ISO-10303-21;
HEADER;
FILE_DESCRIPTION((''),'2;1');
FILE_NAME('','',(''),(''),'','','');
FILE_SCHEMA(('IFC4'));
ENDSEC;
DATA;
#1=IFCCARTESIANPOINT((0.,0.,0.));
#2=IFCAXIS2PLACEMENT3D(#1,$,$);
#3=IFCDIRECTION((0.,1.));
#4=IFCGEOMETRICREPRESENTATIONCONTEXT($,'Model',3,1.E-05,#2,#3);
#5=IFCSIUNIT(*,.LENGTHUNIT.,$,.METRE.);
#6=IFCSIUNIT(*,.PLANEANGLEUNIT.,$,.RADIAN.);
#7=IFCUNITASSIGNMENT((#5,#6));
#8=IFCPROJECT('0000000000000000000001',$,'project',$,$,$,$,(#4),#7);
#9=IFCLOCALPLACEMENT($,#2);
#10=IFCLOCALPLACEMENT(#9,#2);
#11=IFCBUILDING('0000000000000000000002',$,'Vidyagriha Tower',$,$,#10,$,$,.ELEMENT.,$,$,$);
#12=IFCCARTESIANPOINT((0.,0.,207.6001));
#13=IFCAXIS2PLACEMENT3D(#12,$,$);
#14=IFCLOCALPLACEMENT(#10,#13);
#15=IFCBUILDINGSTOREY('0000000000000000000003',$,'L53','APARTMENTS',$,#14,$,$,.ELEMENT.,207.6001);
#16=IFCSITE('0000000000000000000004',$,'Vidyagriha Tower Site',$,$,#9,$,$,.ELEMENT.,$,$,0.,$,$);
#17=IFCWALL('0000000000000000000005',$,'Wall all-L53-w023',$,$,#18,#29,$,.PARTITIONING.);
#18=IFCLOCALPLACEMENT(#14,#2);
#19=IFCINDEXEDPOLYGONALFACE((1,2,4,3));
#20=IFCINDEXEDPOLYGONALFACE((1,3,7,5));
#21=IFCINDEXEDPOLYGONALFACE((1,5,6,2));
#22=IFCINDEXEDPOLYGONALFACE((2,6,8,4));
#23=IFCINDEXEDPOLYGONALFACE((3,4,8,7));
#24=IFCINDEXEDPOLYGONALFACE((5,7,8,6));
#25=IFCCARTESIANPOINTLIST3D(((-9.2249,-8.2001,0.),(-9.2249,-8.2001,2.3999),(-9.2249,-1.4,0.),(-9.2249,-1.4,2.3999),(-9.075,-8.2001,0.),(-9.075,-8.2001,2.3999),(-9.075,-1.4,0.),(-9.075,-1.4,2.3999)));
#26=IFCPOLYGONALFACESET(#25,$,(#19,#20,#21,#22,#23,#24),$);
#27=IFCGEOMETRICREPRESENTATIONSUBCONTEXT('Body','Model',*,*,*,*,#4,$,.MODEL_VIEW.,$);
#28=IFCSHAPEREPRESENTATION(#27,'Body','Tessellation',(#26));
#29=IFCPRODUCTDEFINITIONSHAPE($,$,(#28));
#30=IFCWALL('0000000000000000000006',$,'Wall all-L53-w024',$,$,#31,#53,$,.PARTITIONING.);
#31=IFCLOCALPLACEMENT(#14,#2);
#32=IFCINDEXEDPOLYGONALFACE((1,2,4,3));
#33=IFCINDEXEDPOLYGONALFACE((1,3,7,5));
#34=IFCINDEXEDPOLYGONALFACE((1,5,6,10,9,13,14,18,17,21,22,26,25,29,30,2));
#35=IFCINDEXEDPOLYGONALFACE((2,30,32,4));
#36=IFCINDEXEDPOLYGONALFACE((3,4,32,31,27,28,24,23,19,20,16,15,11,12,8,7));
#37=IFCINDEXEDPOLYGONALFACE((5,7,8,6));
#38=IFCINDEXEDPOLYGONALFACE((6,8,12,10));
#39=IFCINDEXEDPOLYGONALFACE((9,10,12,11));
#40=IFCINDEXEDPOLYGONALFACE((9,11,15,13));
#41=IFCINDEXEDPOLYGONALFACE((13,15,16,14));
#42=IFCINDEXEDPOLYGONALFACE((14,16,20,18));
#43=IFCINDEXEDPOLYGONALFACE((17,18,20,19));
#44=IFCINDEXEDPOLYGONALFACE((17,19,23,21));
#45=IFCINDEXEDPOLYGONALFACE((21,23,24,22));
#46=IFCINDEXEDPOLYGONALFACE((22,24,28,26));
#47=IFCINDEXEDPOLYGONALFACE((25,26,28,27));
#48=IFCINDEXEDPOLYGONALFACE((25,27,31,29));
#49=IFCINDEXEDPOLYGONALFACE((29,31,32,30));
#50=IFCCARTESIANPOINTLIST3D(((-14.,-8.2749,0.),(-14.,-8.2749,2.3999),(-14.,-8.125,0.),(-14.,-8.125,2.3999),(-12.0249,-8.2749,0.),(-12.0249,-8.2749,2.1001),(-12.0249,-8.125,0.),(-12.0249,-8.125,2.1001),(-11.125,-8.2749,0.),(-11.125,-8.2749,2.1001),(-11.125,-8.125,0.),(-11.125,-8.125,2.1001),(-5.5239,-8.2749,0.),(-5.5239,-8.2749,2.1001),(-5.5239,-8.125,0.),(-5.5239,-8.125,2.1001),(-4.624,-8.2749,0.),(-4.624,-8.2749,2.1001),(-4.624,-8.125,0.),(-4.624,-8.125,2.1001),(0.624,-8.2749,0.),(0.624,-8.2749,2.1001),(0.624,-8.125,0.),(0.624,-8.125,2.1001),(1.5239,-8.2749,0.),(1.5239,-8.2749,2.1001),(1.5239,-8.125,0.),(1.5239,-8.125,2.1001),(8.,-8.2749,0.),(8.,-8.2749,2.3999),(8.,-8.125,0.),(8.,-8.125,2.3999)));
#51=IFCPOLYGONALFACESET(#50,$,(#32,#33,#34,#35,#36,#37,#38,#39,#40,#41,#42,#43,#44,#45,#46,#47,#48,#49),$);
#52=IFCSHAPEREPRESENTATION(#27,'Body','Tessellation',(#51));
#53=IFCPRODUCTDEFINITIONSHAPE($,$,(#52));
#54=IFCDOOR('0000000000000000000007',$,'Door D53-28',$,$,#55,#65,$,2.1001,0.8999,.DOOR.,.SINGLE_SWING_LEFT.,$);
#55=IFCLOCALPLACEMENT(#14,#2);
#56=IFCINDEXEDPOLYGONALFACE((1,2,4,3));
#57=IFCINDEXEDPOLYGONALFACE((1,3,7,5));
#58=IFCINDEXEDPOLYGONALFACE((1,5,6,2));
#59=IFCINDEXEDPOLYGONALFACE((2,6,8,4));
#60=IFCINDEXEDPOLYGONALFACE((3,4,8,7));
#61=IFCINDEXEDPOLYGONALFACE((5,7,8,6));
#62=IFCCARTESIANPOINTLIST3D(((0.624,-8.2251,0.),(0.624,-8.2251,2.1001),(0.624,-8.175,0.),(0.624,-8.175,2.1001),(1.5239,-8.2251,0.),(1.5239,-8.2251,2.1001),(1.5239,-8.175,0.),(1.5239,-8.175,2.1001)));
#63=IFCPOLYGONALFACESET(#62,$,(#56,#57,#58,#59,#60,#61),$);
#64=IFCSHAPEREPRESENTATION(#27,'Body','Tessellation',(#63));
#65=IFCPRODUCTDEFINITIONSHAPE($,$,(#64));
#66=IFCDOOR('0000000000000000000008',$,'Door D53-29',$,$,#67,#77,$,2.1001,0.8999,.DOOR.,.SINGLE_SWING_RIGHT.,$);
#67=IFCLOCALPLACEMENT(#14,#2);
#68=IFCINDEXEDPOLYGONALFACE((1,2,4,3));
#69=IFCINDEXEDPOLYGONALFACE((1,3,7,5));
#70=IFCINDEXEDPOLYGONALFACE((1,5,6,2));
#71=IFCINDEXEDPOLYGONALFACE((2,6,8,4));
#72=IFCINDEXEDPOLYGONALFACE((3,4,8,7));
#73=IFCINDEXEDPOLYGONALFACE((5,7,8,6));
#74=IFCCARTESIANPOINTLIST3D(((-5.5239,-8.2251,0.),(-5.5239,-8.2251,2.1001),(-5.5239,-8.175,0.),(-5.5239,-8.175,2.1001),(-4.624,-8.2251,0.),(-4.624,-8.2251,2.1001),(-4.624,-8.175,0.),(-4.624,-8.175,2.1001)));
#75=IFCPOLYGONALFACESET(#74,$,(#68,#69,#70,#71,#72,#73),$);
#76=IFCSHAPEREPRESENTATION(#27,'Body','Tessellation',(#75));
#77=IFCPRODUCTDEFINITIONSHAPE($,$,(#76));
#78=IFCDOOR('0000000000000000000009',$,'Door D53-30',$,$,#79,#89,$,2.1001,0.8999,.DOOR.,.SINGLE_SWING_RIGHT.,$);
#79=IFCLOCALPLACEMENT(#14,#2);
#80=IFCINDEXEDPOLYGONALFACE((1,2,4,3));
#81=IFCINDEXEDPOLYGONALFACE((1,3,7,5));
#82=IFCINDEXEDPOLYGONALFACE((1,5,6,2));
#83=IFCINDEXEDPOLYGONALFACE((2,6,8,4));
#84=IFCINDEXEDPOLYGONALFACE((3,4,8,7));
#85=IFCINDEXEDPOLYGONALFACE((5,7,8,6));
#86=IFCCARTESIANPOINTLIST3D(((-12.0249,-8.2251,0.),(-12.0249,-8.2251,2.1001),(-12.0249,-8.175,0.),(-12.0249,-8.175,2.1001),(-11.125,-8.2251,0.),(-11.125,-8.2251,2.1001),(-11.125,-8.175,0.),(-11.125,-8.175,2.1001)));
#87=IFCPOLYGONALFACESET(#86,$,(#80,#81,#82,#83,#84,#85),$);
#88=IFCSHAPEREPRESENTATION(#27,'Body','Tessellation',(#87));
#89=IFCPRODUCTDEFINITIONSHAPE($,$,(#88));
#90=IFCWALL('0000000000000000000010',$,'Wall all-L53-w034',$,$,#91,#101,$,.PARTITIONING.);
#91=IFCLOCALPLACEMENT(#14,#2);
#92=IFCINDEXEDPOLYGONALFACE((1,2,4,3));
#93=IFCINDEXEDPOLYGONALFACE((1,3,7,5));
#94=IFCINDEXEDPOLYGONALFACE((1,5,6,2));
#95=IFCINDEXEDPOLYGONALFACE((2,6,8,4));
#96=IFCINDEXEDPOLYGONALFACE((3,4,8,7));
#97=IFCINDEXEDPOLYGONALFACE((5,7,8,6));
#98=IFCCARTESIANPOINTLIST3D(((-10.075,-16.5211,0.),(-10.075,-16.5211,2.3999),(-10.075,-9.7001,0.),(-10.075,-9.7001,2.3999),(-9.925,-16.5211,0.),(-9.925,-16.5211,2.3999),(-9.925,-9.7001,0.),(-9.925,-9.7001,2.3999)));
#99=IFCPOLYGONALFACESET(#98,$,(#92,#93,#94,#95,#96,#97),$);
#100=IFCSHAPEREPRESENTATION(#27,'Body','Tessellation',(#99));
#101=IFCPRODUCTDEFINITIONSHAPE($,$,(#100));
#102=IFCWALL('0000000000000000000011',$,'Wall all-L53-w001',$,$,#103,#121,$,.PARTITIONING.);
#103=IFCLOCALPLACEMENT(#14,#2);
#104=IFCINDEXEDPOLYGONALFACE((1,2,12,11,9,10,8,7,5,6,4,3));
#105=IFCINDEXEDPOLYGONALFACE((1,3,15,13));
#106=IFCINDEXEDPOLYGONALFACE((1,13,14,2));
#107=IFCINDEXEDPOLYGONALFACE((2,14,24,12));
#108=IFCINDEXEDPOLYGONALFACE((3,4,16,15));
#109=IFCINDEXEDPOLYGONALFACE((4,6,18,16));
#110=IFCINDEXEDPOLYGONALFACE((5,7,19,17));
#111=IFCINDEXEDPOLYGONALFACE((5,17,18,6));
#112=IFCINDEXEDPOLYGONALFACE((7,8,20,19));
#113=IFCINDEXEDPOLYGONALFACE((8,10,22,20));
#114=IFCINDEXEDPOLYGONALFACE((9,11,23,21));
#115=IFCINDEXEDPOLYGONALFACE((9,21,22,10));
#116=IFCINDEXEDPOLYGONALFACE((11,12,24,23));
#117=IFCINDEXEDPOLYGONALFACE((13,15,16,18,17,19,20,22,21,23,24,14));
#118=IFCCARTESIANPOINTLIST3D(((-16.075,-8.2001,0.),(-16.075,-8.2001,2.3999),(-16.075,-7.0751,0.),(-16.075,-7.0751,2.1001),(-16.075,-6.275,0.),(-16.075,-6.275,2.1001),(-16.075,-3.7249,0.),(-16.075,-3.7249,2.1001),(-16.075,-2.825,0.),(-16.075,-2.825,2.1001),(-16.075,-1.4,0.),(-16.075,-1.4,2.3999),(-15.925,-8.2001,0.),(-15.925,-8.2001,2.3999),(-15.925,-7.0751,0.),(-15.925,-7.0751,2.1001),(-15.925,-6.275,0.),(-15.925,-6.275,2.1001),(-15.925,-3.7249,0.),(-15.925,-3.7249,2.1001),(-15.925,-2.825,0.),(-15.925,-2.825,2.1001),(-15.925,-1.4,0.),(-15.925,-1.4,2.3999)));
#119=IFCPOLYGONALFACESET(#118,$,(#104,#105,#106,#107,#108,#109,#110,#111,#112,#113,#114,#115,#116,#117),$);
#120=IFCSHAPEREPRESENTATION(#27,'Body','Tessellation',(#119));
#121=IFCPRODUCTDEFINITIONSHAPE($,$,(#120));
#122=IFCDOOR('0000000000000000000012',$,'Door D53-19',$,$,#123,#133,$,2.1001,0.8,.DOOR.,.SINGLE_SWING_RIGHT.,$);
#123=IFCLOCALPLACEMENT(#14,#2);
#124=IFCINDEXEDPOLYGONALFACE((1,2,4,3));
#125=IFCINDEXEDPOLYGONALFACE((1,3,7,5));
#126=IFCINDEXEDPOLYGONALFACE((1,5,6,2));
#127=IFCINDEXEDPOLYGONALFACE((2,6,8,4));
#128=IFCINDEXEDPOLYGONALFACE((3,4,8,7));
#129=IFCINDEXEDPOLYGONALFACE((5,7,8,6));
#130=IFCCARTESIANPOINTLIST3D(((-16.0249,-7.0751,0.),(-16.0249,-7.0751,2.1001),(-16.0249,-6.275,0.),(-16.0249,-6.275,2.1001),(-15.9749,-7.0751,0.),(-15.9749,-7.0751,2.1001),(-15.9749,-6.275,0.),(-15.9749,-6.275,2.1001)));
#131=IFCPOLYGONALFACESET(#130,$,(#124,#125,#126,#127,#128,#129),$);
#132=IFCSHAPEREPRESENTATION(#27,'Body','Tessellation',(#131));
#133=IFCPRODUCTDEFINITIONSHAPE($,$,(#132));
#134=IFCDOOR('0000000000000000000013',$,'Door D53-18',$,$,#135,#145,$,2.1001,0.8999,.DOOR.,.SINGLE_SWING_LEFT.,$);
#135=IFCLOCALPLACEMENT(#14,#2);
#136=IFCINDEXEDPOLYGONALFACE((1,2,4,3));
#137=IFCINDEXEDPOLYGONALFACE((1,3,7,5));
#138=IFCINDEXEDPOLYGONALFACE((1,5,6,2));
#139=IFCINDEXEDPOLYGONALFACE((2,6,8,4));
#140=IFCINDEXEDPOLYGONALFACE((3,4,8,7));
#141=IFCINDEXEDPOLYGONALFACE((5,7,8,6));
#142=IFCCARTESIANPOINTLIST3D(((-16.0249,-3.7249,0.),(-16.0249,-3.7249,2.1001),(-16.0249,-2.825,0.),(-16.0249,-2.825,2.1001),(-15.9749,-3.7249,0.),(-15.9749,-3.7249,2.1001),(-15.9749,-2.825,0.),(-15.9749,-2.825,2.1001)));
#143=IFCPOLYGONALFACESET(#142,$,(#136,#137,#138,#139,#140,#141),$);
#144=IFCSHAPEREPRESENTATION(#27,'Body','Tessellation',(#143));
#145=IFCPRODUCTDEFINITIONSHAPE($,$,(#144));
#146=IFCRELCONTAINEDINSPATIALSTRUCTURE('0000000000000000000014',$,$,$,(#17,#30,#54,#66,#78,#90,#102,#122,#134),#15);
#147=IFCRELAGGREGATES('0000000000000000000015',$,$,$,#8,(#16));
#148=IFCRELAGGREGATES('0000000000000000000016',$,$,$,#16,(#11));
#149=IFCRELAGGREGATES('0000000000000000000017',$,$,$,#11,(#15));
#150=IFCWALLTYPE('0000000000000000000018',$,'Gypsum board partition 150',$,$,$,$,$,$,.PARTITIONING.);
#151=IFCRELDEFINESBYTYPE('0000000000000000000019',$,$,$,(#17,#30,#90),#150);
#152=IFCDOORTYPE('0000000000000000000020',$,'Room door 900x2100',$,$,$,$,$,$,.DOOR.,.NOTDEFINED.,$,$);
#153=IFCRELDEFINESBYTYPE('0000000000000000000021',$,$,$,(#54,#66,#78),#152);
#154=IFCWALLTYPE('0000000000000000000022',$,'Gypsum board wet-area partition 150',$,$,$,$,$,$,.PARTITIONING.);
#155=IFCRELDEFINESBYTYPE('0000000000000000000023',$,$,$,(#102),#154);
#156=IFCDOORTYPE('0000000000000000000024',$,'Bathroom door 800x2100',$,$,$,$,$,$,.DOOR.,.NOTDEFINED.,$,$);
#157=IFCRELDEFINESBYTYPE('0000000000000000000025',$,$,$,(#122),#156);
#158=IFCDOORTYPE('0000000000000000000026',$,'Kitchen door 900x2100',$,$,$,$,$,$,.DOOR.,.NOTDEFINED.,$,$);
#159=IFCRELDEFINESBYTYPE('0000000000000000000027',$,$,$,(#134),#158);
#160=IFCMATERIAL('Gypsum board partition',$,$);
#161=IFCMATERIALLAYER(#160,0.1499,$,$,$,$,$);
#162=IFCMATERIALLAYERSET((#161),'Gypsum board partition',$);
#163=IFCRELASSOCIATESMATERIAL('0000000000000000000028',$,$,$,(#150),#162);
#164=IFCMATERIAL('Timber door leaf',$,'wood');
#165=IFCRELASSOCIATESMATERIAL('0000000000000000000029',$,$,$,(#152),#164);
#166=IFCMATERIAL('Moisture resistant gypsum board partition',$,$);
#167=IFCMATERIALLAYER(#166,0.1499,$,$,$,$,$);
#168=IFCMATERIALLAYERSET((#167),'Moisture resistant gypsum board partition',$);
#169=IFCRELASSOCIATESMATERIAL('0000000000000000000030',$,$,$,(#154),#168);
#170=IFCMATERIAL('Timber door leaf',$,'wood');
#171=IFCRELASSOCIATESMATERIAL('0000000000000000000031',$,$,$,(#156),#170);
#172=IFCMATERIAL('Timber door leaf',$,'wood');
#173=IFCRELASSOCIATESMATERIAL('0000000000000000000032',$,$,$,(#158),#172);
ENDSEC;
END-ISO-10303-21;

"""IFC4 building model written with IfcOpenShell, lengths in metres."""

from ifc_helpers import new_model, si_unit, direction, frame, frame_2d, origin, place, context, subcontext, project, spatial, rectangle, extrude, material, layer, layer_set, type_object, element, fill, save


model = new_model("IFC4")

# Units and contexts
model_context = context("Model", 3, precision=1e-05, world=origin(), true_north=direction((0.0, 1.0)))
body_context = subcontext(model_context, "Body", "Model", "MODEL_VIEW")
ifc_project = project(units=[si_unit("LENGTHUNIT", "METRE"), si_unit("PLANEANGLEUNIT", "RADIAN")], contexts=[model_context])

# Site, building, storey
site_placement = place(None, origin())
site = spatial("IfcSite", under=ifc_project, at=site_placement, Name="Vidyagriha Tower Site", CompositionType="ELEMENT", RefElevation=0.0)
building_placement = place(site_placement, origin())
building = spatial("IfcBuilding", under=site, at=building_placement, Name="Vidyagriha Tower", CompositionType="ELEMENT")
storey_placement = place(building_placement, frame((0.0, 0.0, 207.6001)))
storey = spatial("IfcBuildingStorey", under=building, at=storey_placement, Name="L53", Description="APARTMENTS", CompositionType="ELEMENT", Elevation=207.6001)

# Shared definitions
ifc_material_1 = material(Name="Gypsum board partition")
ifc_layer_1 = layer(ifc_material_1, 0.1499)
ifc_layer_set_1 = layer_set([ifc_layer_1], Name="Gypsum board partition")
wall_type_1 = type_object("IfcWallType", Name="Gypsum board partition 150", PredefinedType="PARTITIONING", material=ifc_layer_set_1)

# Shared definitions
ifc_material_2 = material(Name="Timber door leaf", Category="wood")
door_type_1 = type_object("IfcDoorType", Name="Room door 900x2100", OperationType="NOTDEFINED", PredefinedType="DOOR", material=ifc_material_2)

# Wall
wall_1_placement = place(storey_placement, frame((-9.1499, -8.2, 0.0), z_axis=(0.0, 0.0, 1.0), x_axis=(0.0, 1.0, 0.0)))
element("IfcWall", 1, at=wall_1_placement, inside=storey, type_object=wall_type_1, Name="Wall all-L53-w023", PredefinedType="PARTITIONING", context=body_context, shape_type="SweptSolid", body=[
    extrude(rectangle(XDim=6.8, YDim=0.1499, at=frame_2d((3.3999, 0.0))), origin(), (0.0, 0.0, 1.0), 2.3999),
])

# Wall, openings, doors
wall_2_placement = place(storey_placement, frame((-14.0, -8.2, 0.0)))
wall_2 = element("IfcWall", 2, at=wall_2_placement, inside=storey, type_object=wall_type_1, Name="Wall all-L53-w024", PredefinedType="PARTITIONING", context=body_context, shape_type="SweptSolid", body=[
    extrude(rectangle(XDim=22.0, YDim=0.1499, at=frame_2d((11.0, 0.0))), origin(), (0.0, 0.0, 1.0), 2.3999),
])
opening_1_placement = place(wall_2_placement, frame((14.624, 0.0, 0.0)))
opening_1 = element("IfcOpeningElement", 3, at=opening_1_placement, cuts=wall_2, PredefinedType="OPENING", context=body_context, shape_type="SweptSolid", body=[
    extrude(rectangle(XDim=0.8999, YDim=2.1001, at=frame_2d((0.45, 1.05))), frame((0.0, 0.085, 0.0), z_axis=(0.0, -1.0, 0.0), x_axis=(1.0, 0.0, 0.0)), (0.0, 0.0, 1.0), 0.1699),
])
opening_2_placement = place(wall_2_placement, frame((8.4761, 0.0, 0.0)))
opening_2 = element("IfcOpeningElement", 4, at=opening_2_placement, cuts=wall_2, PredefinedType="OPENING", context=body_context, shape_type="SweptSolid", body=[
    extrude(rectangle(XDim=0.8999, YDim=2.1001, at=frame_2d((0.45, 1.05))), frame((0.0, 0.085, 0.0), z_axis=(0.0, -1.0, 0.0), x_axis=(1.0, 0.0, 0.0)), (0.0, 0.0, 1.0), 0.1699),
])
opening_3_placement = place(wall_2_placement, frame((1.9751, 0.0, 0.0)))
opening_3 = element("IfcOpeningElement", 5, at=opening_3_placement, cuts=wall_2, PredefinedType="OPENING", context=body_context, shape_type="SweptSolid", body=[
    extrude(rectangle(XDim=0.8999, YDim=2.1001, at=frame_2d((0.45, 1.05))), frame((0.0, 0.085, 0.0), z_axis=(0.0, -1.0, 0.0), x_axis=(1.0, 0.0, 0.0)), (0.0, 0.0, 1.0), 0.1699),
])
door_1_placement = place(opening_1_placement, origin())
door_1 = element("IfcDoor", 6, at=door_1_placement, inside=storey, type_object=door_type_1, Name="Door D53-28", OperationType="SINGLE_SWING_LEFT", OverallHeight=2.1001, OverallWidth=0.8999, PredefinedType="DOOR", context=body_context, shape_type="SweptSolid", body=[
    extrude(rectangle(XDim=0.8999, YDim=2.1001, at=frame_2d((0.45, 1.05))), frame((0.0, 0.0249, 0.0), z_axis=(0.0, -1.0, 0.0), x_axis=(1.0, 0.0, 0.0)), (0.0, 0.0, 1.0), 0.05),
])
fill(opening_1, door_1)
door_2_placement = place(opening_2_placement, origin())
door_2 = element("IfcDoor", 7, at=door_2_placement, inside=storey, type_object=door_type_1, Name="Door D53-29", OperationType="SINGLE_SWING_RIGHT", OverallHeight=2.1001, OverallWidth=0.8999, PredefinedType="DOOR", context=body_context, shape_type="SweptSolid", body=[
    extrude(rectangle(XDim=0.8999, YDim=2.1001, at=frame_2d((0.45, 1.05))), frame((0.0, 0.0249, 0.0), z_axis=(0.0, -1.0, 0.0), x_axis=(1.0, 0.0, 0.0)), (0.0, 0.0, 1.0), 0.05),
])
fill(opening_2, door_2)
door_3_placement = place(opening_3_placement, origin())
door_3 = element("IfcDoor", 8, at=door_3_placement, inside=storey, type_object=door_type_1, Name="Door D53-30", OperationType="SINGLE_SWING_RIGHT", OverallHeight=2.1001, OverallWidth=0.8999, PredefinedType="DOOR", context=body_context, shape_type="SweptSolid", body=[
    extrude(rectangle(XDim=0.8999, YDim=2.1001, at=frame_2d((0.45, 1.05))), frame((0.0, 0.0249, 0.0), z_axis=(0.0, -1.0, 0.0), x_axis=(1.0, 0.0, 0.0)), (0.0, 0.0, 1.0), 0.05),
])
fill(opening_3, door_3)

# Wall
wall_3_placement = place(storey_placement, frame((-10.0, -9.7, 0.0), z_axis=(0.0, 0.0, 1.0), x_axis=(0.0, -1.0, 0.0)))
element("IfcWall", 9, at=wall_3_placement, inside=storey, type_object=wall_type_1, Name="Wall all-L53-w034", PredefinedType="PARTITIONING", context=body_context, shape_type="SweptSolid", body=[
    extrude(rectangle(XDim=6.821, YDim=0.1499, at=frame_2d((3.4106, 0.0))), origin(), (0.0, 0.0, 1.0), 2.3999),
])

# Wall, openings, doors
ifc_material_3 = material(Name="Moisture resistant gypsum board partition")
ifc_layer_2 = layer(ifc_material_3, 0.1499)
ifc_layer_set_2 = layer_set([ifc_layer_2], Name="Moisture resistant gypsum board partition")
wall_type_2 = type_object("IfcWallType", Name="Gypsum board wet-area partition 150", PredefinedType="PARTITIONING", material=ifc_layer_set_2)
wall_4_placement = place(storey_placement, frame((-16.0, -8.2, 0.0), z_axis=(0.0, 0.0, 1.0), x_axis=(0.0, 1.0, 0.0)))
wall_4 = element("IfcWall", 10, at=wall_4_placement, inside=storey, type_object=wall_type_2, Name="Wall all-L53-w001", PredefinedType="PARTITIONING", context=body_context, shape_type="SweptSolid", body=[
    extrude(rectangle(XDim=6.8, YDim=0.1499, at=frame_2d((3.3999, 0.0))), origin(), (0.0, 0.0, 1.0), 2.3999),
])
opening_4_placement = place(wall_4_placement, frame((4.4751, 0.0, 0.0)))
opening_4 = element("IfcOpeningElement", 11, at=opening_4_placement, cuts=wall_4, PredefinedType="OPENING", context=body_context, shape_type="SweptSolid", body=[
    extrude(rectangle(XDim=0.8999, YDim=2.1001, at=frame_2d((0.45, 1.05))), frame((0.0, 0.085, 0.0), z_axis=(0.0, -1.0, 0.0), x_axis=(1.0, 0.0, 0.0)), (0.0, 0.0, 1.0), 0.1699),
])
opening_5_placement = place(wall_4_placement, frame((1.125, 0.0, 0.0)))
opening_5 = element("IfcOpeningElement", 12, at=opening_5_placement, cuts=wall_4, PredefinedType="OPENING", context=body_context, shape_type="SweptSolid", body=[
    extrude(rectangle(XDim=0.8, YDim=2.1001, at=frame_2d((0.3999, 1.05))), frame((0.0, 0.085, 0.0), z_axis=(0.0, -1.0, 0.0), x_axis=(1.0, 0.0, 0.0)), (0.0, 0.0, 1.0), 0.1699),
])
ifc_material_4 = material(Name="Timber door leaf", Category="wood")
door_type_2 = type_object("IfcDoorType", Name="Bathroom door 800x2100", OperationType="NOTDEFINED", PredefinedType="DOOR", material=ifc_material_4)
door_4_placement = place(opening_5_placement, origin())
door_4 = element("IfcDoor", 13, at=door_4_placement, inside=storey, type_object=door_type_2, Name="Door D53-19", OperationType="SINGLE_SWING_RIGHT", OverallHeight=2.1001, OverallWidth=0.8, PredefinedType="DOOR", context=body_context, shape_type="SweptSolid", body=[
    extrude(rectangle(XDim=0.8, YDim=2.1001, at=frame_2d((0.3999, 1.05))), frame((0.0, 0.0249, 0.0), z_axis=(0.0, -1.0, 0.0), x_axis=(1.0, 0.0, 0.0)), (0.0, 0.0, 1.0), 0.05),
])
fill(opening_5, door_4)
ifc_material_5 = material(Name="Timber door leaf", Category="wood")
door_type_3 = type_object("IfcDoorType", Name="Kitchen door 900x2100", OperationType="NOTDEFINED", PredefinedType="DOOR", material=ifc_material_5)
door_5_placement = place(opening_4_placement, origin())
door_5 = element("IfcDoor", 14, at=door_5_placement, inside=storey, type_object=door_type_3, Name="Door D53-18", OperationType="SINGLE_SWING_LEFT", OverallHeight=2.1001, OverallWidth=0.8999, PredefinedType="DOOR", context=body_context, shape_type="SweptSolid", body=[
    extrude(rectangle(XDim=0.8999, YDim=2.1001, at=frame_2d((0.45, 1.05))), frame((0.0, 0.0249, 0.0), z_axis=(0.0, -1.0, 0.0), x_axis=(1.0, 0.0, 0.0)), (0.0, 0.0, 1.0), 0.05),
])
fill(opening_4, door_5)

save(model, "model.ifc")
